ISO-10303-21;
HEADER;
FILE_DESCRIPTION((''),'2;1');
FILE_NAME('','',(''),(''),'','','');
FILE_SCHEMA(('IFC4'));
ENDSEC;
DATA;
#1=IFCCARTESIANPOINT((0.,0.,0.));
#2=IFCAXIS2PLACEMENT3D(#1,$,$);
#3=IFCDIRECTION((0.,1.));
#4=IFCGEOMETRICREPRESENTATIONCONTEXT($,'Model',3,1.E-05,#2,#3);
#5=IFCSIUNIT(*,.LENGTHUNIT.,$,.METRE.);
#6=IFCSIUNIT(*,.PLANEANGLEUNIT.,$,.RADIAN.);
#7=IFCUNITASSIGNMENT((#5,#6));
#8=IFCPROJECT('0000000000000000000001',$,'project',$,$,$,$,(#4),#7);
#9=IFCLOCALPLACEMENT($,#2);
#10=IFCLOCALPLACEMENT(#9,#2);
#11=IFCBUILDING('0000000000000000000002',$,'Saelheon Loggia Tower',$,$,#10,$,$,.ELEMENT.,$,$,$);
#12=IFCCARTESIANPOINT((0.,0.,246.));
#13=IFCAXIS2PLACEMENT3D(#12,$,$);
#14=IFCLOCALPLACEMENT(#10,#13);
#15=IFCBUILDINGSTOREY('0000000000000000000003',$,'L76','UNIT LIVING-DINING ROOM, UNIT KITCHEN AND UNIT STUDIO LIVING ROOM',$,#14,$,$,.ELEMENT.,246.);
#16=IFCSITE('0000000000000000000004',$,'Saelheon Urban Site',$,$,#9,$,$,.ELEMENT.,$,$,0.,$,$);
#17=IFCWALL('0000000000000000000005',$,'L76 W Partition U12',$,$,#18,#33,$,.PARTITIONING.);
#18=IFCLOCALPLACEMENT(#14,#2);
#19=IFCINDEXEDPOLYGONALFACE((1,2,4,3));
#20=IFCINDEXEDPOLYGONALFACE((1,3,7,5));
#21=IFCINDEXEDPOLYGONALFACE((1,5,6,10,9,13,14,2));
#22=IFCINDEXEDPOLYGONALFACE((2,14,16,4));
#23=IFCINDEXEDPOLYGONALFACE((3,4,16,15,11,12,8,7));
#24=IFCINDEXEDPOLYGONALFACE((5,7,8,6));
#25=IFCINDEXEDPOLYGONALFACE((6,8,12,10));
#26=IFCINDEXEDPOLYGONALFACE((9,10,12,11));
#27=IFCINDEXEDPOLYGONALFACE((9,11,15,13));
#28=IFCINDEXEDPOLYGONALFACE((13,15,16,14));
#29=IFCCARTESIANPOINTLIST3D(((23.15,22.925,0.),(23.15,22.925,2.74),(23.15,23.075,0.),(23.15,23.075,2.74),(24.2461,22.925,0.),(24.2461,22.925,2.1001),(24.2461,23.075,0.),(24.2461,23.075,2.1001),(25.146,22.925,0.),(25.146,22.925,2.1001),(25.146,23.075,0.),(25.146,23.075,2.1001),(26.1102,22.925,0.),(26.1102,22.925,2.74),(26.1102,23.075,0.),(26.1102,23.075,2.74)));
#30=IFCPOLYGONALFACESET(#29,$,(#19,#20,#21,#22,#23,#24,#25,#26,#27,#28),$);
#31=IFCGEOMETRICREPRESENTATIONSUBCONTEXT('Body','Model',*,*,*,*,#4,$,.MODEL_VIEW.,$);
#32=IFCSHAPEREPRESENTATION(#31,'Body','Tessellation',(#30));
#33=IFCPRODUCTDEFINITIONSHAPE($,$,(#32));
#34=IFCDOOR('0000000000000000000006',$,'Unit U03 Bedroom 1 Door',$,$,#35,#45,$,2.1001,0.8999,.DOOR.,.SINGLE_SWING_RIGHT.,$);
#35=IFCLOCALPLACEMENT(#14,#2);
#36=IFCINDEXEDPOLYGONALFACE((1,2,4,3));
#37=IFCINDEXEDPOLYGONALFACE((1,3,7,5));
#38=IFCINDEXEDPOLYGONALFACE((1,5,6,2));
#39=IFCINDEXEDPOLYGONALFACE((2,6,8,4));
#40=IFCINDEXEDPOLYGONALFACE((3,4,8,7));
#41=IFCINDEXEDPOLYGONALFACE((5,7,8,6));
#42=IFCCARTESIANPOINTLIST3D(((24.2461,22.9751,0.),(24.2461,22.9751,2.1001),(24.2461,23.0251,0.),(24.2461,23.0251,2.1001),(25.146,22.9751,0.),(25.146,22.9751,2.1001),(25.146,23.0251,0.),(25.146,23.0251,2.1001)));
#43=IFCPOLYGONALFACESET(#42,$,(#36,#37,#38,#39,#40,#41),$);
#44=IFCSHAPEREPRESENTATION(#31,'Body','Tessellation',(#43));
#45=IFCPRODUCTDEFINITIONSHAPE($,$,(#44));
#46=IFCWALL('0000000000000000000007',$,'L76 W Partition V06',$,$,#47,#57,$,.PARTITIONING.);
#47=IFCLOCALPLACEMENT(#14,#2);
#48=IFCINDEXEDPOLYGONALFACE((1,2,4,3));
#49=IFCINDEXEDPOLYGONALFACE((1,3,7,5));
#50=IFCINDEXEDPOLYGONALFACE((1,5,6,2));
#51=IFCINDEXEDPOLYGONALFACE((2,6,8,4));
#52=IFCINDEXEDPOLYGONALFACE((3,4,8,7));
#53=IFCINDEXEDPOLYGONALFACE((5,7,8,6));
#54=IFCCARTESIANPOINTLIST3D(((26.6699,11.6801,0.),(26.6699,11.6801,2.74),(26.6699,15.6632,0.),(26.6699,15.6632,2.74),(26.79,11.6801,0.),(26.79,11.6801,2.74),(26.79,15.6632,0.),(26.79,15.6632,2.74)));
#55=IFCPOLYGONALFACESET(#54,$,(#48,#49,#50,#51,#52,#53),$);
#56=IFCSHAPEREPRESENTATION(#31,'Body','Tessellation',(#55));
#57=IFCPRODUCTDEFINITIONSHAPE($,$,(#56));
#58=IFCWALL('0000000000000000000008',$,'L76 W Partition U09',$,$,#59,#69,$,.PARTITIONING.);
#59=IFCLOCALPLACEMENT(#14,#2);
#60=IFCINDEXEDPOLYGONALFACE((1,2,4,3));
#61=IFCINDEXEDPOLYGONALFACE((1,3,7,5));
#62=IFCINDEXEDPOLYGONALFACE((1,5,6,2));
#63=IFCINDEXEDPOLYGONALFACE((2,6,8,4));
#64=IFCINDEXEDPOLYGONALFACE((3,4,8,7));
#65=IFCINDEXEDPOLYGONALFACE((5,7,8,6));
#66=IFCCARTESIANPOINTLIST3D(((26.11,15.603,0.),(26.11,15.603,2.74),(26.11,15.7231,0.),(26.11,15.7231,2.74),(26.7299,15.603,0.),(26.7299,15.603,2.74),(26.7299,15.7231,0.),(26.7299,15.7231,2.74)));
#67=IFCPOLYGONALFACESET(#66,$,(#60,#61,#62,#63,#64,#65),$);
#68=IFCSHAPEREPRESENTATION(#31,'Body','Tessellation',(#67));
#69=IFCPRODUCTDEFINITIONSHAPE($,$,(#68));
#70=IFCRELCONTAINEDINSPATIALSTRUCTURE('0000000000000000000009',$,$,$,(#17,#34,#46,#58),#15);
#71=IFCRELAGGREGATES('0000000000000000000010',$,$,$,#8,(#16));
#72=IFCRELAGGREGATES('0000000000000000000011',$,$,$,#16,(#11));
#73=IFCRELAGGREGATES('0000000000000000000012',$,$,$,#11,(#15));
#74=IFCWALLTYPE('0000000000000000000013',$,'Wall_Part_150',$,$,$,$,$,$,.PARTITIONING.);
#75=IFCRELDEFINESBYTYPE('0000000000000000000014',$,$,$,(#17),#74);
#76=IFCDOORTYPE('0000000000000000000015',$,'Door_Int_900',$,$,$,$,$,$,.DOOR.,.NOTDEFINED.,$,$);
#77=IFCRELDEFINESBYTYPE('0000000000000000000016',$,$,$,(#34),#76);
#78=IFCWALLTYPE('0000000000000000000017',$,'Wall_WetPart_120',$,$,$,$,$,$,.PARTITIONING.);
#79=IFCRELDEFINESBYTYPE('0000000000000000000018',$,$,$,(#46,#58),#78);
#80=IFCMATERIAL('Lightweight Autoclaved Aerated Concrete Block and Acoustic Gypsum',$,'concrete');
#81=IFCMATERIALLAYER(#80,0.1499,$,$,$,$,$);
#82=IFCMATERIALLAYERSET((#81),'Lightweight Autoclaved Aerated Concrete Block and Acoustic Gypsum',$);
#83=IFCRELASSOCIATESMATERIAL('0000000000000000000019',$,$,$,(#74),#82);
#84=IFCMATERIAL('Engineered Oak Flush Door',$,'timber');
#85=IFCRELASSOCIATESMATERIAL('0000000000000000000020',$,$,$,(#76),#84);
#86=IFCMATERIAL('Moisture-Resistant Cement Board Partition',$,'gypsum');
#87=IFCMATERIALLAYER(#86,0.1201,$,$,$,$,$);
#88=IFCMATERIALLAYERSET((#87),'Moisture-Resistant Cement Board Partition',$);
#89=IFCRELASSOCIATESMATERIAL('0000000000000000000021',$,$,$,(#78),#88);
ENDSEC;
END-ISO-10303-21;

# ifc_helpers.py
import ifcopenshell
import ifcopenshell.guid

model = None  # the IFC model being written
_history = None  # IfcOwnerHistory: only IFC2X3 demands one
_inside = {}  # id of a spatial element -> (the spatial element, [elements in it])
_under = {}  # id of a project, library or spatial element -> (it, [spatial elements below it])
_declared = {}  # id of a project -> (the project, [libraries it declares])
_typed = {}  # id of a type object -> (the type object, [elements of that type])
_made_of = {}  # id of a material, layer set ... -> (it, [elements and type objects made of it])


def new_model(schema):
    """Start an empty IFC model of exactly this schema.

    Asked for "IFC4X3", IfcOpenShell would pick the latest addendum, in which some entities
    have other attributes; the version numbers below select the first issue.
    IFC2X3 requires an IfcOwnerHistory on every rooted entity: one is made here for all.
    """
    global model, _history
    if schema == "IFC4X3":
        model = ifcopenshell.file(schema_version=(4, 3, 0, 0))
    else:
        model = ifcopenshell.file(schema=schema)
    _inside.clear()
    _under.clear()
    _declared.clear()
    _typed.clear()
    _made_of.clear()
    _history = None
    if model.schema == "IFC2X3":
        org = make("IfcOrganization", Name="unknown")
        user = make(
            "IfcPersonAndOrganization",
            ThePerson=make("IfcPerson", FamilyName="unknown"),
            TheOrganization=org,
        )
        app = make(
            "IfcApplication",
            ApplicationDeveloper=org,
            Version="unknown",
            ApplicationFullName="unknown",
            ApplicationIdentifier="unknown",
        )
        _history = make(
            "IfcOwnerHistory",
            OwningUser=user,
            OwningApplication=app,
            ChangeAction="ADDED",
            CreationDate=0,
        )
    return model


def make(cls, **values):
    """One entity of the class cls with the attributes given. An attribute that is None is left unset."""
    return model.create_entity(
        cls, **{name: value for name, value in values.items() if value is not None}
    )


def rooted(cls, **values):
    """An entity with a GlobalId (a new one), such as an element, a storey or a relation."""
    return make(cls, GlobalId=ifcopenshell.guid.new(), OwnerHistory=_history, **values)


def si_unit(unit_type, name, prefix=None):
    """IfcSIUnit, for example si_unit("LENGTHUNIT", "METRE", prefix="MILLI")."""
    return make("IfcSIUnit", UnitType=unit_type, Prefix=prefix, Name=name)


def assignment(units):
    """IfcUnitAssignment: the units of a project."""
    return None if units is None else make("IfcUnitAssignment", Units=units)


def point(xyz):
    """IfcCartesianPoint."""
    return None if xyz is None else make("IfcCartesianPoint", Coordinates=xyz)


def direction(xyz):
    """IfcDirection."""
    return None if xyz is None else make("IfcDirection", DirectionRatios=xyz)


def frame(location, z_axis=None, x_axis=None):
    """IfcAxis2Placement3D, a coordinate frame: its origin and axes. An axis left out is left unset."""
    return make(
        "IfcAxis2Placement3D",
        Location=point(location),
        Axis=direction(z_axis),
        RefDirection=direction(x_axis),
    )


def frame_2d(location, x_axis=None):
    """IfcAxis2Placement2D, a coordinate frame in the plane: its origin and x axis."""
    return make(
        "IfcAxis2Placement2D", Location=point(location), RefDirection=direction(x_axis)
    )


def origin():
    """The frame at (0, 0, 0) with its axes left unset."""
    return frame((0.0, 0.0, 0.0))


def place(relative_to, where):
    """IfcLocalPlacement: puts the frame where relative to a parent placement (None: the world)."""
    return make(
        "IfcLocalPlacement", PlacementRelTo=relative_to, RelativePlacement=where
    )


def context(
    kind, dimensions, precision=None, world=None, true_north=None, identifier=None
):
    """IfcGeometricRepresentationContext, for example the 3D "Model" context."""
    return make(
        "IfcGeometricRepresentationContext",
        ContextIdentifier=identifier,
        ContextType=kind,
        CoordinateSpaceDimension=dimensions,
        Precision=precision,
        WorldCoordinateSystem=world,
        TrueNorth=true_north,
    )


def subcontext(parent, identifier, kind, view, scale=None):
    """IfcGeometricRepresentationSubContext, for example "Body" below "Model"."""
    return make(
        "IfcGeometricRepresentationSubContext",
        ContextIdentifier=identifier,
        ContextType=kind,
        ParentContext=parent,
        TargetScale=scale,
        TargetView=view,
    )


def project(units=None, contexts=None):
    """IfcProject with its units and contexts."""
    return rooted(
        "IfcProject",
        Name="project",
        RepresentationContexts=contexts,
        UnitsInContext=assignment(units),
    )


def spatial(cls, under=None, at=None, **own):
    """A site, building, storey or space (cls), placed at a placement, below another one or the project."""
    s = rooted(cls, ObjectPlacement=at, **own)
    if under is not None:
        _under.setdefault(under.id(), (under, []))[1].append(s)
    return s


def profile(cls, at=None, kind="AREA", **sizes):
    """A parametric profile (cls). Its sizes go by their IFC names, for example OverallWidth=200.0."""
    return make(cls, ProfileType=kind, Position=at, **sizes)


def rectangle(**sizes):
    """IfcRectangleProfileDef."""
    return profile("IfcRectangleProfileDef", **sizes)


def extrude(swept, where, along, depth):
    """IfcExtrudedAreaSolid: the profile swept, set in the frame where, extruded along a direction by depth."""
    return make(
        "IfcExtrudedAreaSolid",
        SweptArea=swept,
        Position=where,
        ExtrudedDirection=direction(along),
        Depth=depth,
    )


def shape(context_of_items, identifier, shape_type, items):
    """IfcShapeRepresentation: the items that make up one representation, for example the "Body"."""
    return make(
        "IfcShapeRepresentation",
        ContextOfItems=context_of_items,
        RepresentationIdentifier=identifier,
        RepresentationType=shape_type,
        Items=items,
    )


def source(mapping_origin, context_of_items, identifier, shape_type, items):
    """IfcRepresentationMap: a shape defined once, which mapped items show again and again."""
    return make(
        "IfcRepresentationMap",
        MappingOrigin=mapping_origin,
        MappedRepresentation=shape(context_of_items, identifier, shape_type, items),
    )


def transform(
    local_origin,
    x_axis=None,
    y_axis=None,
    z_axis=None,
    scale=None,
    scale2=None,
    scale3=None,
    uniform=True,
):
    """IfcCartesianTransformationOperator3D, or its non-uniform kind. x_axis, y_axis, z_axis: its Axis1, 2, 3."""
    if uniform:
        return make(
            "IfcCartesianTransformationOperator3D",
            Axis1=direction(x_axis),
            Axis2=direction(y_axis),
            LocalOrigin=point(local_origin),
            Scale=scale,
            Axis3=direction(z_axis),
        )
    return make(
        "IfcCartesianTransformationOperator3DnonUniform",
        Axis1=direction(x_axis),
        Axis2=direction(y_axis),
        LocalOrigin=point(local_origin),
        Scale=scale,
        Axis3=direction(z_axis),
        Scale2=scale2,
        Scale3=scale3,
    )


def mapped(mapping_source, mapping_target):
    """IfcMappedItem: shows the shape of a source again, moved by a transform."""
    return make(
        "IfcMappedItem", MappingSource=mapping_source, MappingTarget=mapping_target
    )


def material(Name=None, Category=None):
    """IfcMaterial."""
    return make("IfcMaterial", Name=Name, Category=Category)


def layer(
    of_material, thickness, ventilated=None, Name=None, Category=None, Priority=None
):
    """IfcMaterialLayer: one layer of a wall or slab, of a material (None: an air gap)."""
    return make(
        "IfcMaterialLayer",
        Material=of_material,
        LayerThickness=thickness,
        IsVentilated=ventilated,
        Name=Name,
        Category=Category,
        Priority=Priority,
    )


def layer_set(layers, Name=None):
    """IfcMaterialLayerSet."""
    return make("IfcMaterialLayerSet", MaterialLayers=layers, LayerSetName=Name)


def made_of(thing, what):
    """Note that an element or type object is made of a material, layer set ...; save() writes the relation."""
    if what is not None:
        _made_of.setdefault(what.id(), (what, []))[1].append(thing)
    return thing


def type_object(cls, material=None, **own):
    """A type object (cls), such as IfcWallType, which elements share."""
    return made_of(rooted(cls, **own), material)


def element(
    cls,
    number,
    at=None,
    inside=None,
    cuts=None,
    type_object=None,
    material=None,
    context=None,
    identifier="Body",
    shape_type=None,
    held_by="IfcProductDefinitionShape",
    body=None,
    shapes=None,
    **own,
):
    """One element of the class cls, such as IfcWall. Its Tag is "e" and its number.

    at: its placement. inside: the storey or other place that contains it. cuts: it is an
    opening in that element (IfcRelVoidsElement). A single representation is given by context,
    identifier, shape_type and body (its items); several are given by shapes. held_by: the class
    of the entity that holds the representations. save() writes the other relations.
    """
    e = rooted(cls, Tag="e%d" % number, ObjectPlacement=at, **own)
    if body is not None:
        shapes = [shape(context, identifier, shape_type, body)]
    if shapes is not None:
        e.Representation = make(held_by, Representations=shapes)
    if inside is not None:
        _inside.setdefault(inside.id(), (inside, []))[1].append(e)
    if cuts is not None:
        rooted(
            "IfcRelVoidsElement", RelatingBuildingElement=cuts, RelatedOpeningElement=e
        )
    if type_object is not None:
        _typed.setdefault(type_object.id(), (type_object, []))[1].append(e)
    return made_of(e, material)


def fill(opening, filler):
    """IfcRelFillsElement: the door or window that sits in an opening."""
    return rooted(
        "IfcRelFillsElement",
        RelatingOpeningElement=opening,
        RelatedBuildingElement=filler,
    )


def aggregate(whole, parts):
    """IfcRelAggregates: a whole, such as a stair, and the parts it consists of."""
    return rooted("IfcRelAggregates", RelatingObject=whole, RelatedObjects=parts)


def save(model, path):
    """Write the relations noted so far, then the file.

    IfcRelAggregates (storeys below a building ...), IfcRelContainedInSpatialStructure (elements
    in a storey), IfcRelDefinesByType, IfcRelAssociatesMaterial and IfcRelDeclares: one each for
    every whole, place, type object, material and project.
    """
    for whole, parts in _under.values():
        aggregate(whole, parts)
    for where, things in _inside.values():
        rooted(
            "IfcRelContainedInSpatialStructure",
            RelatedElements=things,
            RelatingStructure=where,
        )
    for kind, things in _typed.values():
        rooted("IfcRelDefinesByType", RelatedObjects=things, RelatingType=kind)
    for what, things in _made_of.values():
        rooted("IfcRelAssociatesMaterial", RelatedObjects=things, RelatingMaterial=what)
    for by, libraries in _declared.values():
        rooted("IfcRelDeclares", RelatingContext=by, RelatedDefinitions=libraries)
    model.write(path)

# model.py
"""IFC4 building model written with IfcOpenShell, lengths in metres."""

from ifc_helpers import new_model, si_unit, direction, frame, frame_2d, origin, place, context, subcontext, project, spatial, rectangle, extrude, source, transform, mapped, material, layer, layer_set, type_object, element, fill, save


model = new_model("IFC4")

# Units and contexts
model_context = context("Model", 3, precision=1e-05, world=origin(), true_north=direction((0.0, 1.0)))
body_context = subcontext(model_context, "Body", "Model", "MODEL_VIEW")
ifc_project = project(units=[si_unit("LENGTHUNIT", "METRE"), si_unit("PLANEANGLEUNIT", "RADIAN")], contexts=[model_context])

# Site, building, storey
site_placement = place(None, origin())
site = spatial("IfcSite", under=ifc_project, at=site_placement, Name="Saelheon Urban Site", CompositionType="ELEMENT", RefElevation=0.0)
building_placement = place(site_placement, origin())
building = spatial("IfcBuilding", under=site, at=building_placement, Name="Saelheon Loggia Tower", CompositionType="ELEMENT")
storey_placement = place(building_placement, frame((0.0, 0.0, 246.0)))
storey = spatial("IfcBuildingStorey", under=building, at=storey_placement, Name="L76", Description="UNIT LIVING-DINING ROOM, UNIT KITCHEN AND UNIT STUDIO LIVING ROOM", CompositionType="ELEMENT", Elevation=246.0)

# Shared definitions
ifc_material_1 = material(Name="Lightweight Autoclaved Aerated Concrete Block and Acoustic Gypsum", Category="concrete")
ifc_layer_1 = layer(ifc_material_1, 0.1499)
ifc_layer_set_1 = layer_set([ifc_layer_1], Name="Lightweight Autoclaved Aerated Concrete Block and Acoustic Gypsum")
wall_type_1 = type_object("IfcWallType", Name="Wall_Part_150", PredefinedType="PARTITIONING", material=ifc_layer_set_1)

# Wall, opening, door
ifc_material_2 = material(Name="Engineered Oak Flush Door", Category="timber")
door_type_1 = type_object("IfcDoorType", Name="Door_Int_900", OperationType="NOTDEFINED", PredefinedType="DOOR", material=ifc_material_2)
shared_shape_1 = source(origin(), body_context, "Body", "SweptSolid", [
    extrude(rectangle(XDim=0.8999, YDim=2.1001, at=frame_2d((0.45, 1.05))), frame((0.0, 0.0249, 0.0), z_axis=(0.0, -1.0, 0.0), x_axis=(1.0, 0.0, 0.0)), (0.0, 0.0, 1.0), 0.05),
])
wall_1_placement = place(storey_placement, frame((26.1101, 23.0, 0.0), z_axis=(0.0, 0.0, 1.0), x_axis=(-1.0, 0.0, 0.0)))
wall_1 = element("IfcWall", 1, at=wall_1_placement, inside=storey, type_object=wall_type_1, Name="L76 W Partition U12", PredefinedType="PARTITIONING", context=body_context, shape_type="SweptSolid", body=[
    extrude(rectangle(XDim=2.9602, YDim=0.1499, at=frame_2d((1.48, 0.0))), origin(), (0.0, 0.0, 1.0), 2.74),
])
opening_1_placement = place(wall_1_placement, frame((0.9641, 0.0, 0.0)))
opening_1 = element("IfcOpeningElement", 2, at=opening_1_placement, cuts=wall_1, PredefinedType="OPENING", context=body_context, shape_type="SweptSolid", body=[
    extrude(rectangle(XDim=0.8999, YDim=2.1001, at=frame_2d((0.45, 1.05))), frame((0.0, 0.0869, 0.0), z_axis=(0.0, -1.0, 0.0), x_axis=(1.0, 0.0, 0.0)), (0.0, 0.0, 1.0), 0.1738),
])
door_1_placement = place(opening_1_placement, origin())
door_1 = element("IfcDoor", 3, at=door_1_placement, inside=storey, type_object=door_type_1, Name="Unit U03 Bedroom 1 Door", OperationType="SINGLE_SWING_RIGHT", OverallHeight=2.1001, OverallWidth=0.8999, PredefinedType="DOOR", context=body_context, shape_type="MappedRepresentation", body=[
    mapped(shared_shape_1, transform((0.0, 0.0, 0.0), scale=1.0)),
])
fill(opening_1, door_1)

# Walls
ifc_material_3 = material(Name="Moisture-Resistant Cement Board Partition", Category="gypsum")
ifc_layer_2 = layer(ifc_material_3, 0.1201)
ifc_layer_set_2 = layer_set([ifc_layer_2], Name="Moisture-Resistant Cement Board Partition")
wall_type_2 = type_object("IfcWallType", Name="Wall_WetPart_120", PredefinedType="PARTITIONING", material=ifc_layer_set_2)
wall_2_placement = place(storey_placement, frame((26.73, 11.6799, 0.0), z_axis=(0.0, 0.0, 1.0), x_axis=(0.0, 1.0, 0.0)))
element("IfcWall", 4, at=wall_2_placement, inside=storey, type_object=wall_type_2, Name="L76 W Partition V06", PredefinedType="PARTITIONING", context=body_context, shape_type="SweptSolid", body=[
    extrude(rectangle(XDim=3.9832, YDim=0.1201, at=frame_2d((1.9917, 0.0))), origin(), (0.0, 0.0, 1.0), 2.74),
])
wall_3_placement = place(storey_placement, frame((26.73, 15.6631, 0.0), z_axis=(0.0, 0.0, 1.0), x_axis=(-1.0, 0.0, 0.0)))
element("IfcWall", 5, at=wall_3_placement, inside=storey, type_object=wall_type_2, Name="L76 W Partition U09", PredefinedType="PARTITIONING", context=body_context, shape_type="SweptSolid", body=[
    extrude(rectangle(XDim=0.6199, YDim=0.1201, at=frame_2d((0.3101, 0.0))), origin(), (0.0, 0.0, 1.0), 2.74),
])

save(model, "model.ifc")
